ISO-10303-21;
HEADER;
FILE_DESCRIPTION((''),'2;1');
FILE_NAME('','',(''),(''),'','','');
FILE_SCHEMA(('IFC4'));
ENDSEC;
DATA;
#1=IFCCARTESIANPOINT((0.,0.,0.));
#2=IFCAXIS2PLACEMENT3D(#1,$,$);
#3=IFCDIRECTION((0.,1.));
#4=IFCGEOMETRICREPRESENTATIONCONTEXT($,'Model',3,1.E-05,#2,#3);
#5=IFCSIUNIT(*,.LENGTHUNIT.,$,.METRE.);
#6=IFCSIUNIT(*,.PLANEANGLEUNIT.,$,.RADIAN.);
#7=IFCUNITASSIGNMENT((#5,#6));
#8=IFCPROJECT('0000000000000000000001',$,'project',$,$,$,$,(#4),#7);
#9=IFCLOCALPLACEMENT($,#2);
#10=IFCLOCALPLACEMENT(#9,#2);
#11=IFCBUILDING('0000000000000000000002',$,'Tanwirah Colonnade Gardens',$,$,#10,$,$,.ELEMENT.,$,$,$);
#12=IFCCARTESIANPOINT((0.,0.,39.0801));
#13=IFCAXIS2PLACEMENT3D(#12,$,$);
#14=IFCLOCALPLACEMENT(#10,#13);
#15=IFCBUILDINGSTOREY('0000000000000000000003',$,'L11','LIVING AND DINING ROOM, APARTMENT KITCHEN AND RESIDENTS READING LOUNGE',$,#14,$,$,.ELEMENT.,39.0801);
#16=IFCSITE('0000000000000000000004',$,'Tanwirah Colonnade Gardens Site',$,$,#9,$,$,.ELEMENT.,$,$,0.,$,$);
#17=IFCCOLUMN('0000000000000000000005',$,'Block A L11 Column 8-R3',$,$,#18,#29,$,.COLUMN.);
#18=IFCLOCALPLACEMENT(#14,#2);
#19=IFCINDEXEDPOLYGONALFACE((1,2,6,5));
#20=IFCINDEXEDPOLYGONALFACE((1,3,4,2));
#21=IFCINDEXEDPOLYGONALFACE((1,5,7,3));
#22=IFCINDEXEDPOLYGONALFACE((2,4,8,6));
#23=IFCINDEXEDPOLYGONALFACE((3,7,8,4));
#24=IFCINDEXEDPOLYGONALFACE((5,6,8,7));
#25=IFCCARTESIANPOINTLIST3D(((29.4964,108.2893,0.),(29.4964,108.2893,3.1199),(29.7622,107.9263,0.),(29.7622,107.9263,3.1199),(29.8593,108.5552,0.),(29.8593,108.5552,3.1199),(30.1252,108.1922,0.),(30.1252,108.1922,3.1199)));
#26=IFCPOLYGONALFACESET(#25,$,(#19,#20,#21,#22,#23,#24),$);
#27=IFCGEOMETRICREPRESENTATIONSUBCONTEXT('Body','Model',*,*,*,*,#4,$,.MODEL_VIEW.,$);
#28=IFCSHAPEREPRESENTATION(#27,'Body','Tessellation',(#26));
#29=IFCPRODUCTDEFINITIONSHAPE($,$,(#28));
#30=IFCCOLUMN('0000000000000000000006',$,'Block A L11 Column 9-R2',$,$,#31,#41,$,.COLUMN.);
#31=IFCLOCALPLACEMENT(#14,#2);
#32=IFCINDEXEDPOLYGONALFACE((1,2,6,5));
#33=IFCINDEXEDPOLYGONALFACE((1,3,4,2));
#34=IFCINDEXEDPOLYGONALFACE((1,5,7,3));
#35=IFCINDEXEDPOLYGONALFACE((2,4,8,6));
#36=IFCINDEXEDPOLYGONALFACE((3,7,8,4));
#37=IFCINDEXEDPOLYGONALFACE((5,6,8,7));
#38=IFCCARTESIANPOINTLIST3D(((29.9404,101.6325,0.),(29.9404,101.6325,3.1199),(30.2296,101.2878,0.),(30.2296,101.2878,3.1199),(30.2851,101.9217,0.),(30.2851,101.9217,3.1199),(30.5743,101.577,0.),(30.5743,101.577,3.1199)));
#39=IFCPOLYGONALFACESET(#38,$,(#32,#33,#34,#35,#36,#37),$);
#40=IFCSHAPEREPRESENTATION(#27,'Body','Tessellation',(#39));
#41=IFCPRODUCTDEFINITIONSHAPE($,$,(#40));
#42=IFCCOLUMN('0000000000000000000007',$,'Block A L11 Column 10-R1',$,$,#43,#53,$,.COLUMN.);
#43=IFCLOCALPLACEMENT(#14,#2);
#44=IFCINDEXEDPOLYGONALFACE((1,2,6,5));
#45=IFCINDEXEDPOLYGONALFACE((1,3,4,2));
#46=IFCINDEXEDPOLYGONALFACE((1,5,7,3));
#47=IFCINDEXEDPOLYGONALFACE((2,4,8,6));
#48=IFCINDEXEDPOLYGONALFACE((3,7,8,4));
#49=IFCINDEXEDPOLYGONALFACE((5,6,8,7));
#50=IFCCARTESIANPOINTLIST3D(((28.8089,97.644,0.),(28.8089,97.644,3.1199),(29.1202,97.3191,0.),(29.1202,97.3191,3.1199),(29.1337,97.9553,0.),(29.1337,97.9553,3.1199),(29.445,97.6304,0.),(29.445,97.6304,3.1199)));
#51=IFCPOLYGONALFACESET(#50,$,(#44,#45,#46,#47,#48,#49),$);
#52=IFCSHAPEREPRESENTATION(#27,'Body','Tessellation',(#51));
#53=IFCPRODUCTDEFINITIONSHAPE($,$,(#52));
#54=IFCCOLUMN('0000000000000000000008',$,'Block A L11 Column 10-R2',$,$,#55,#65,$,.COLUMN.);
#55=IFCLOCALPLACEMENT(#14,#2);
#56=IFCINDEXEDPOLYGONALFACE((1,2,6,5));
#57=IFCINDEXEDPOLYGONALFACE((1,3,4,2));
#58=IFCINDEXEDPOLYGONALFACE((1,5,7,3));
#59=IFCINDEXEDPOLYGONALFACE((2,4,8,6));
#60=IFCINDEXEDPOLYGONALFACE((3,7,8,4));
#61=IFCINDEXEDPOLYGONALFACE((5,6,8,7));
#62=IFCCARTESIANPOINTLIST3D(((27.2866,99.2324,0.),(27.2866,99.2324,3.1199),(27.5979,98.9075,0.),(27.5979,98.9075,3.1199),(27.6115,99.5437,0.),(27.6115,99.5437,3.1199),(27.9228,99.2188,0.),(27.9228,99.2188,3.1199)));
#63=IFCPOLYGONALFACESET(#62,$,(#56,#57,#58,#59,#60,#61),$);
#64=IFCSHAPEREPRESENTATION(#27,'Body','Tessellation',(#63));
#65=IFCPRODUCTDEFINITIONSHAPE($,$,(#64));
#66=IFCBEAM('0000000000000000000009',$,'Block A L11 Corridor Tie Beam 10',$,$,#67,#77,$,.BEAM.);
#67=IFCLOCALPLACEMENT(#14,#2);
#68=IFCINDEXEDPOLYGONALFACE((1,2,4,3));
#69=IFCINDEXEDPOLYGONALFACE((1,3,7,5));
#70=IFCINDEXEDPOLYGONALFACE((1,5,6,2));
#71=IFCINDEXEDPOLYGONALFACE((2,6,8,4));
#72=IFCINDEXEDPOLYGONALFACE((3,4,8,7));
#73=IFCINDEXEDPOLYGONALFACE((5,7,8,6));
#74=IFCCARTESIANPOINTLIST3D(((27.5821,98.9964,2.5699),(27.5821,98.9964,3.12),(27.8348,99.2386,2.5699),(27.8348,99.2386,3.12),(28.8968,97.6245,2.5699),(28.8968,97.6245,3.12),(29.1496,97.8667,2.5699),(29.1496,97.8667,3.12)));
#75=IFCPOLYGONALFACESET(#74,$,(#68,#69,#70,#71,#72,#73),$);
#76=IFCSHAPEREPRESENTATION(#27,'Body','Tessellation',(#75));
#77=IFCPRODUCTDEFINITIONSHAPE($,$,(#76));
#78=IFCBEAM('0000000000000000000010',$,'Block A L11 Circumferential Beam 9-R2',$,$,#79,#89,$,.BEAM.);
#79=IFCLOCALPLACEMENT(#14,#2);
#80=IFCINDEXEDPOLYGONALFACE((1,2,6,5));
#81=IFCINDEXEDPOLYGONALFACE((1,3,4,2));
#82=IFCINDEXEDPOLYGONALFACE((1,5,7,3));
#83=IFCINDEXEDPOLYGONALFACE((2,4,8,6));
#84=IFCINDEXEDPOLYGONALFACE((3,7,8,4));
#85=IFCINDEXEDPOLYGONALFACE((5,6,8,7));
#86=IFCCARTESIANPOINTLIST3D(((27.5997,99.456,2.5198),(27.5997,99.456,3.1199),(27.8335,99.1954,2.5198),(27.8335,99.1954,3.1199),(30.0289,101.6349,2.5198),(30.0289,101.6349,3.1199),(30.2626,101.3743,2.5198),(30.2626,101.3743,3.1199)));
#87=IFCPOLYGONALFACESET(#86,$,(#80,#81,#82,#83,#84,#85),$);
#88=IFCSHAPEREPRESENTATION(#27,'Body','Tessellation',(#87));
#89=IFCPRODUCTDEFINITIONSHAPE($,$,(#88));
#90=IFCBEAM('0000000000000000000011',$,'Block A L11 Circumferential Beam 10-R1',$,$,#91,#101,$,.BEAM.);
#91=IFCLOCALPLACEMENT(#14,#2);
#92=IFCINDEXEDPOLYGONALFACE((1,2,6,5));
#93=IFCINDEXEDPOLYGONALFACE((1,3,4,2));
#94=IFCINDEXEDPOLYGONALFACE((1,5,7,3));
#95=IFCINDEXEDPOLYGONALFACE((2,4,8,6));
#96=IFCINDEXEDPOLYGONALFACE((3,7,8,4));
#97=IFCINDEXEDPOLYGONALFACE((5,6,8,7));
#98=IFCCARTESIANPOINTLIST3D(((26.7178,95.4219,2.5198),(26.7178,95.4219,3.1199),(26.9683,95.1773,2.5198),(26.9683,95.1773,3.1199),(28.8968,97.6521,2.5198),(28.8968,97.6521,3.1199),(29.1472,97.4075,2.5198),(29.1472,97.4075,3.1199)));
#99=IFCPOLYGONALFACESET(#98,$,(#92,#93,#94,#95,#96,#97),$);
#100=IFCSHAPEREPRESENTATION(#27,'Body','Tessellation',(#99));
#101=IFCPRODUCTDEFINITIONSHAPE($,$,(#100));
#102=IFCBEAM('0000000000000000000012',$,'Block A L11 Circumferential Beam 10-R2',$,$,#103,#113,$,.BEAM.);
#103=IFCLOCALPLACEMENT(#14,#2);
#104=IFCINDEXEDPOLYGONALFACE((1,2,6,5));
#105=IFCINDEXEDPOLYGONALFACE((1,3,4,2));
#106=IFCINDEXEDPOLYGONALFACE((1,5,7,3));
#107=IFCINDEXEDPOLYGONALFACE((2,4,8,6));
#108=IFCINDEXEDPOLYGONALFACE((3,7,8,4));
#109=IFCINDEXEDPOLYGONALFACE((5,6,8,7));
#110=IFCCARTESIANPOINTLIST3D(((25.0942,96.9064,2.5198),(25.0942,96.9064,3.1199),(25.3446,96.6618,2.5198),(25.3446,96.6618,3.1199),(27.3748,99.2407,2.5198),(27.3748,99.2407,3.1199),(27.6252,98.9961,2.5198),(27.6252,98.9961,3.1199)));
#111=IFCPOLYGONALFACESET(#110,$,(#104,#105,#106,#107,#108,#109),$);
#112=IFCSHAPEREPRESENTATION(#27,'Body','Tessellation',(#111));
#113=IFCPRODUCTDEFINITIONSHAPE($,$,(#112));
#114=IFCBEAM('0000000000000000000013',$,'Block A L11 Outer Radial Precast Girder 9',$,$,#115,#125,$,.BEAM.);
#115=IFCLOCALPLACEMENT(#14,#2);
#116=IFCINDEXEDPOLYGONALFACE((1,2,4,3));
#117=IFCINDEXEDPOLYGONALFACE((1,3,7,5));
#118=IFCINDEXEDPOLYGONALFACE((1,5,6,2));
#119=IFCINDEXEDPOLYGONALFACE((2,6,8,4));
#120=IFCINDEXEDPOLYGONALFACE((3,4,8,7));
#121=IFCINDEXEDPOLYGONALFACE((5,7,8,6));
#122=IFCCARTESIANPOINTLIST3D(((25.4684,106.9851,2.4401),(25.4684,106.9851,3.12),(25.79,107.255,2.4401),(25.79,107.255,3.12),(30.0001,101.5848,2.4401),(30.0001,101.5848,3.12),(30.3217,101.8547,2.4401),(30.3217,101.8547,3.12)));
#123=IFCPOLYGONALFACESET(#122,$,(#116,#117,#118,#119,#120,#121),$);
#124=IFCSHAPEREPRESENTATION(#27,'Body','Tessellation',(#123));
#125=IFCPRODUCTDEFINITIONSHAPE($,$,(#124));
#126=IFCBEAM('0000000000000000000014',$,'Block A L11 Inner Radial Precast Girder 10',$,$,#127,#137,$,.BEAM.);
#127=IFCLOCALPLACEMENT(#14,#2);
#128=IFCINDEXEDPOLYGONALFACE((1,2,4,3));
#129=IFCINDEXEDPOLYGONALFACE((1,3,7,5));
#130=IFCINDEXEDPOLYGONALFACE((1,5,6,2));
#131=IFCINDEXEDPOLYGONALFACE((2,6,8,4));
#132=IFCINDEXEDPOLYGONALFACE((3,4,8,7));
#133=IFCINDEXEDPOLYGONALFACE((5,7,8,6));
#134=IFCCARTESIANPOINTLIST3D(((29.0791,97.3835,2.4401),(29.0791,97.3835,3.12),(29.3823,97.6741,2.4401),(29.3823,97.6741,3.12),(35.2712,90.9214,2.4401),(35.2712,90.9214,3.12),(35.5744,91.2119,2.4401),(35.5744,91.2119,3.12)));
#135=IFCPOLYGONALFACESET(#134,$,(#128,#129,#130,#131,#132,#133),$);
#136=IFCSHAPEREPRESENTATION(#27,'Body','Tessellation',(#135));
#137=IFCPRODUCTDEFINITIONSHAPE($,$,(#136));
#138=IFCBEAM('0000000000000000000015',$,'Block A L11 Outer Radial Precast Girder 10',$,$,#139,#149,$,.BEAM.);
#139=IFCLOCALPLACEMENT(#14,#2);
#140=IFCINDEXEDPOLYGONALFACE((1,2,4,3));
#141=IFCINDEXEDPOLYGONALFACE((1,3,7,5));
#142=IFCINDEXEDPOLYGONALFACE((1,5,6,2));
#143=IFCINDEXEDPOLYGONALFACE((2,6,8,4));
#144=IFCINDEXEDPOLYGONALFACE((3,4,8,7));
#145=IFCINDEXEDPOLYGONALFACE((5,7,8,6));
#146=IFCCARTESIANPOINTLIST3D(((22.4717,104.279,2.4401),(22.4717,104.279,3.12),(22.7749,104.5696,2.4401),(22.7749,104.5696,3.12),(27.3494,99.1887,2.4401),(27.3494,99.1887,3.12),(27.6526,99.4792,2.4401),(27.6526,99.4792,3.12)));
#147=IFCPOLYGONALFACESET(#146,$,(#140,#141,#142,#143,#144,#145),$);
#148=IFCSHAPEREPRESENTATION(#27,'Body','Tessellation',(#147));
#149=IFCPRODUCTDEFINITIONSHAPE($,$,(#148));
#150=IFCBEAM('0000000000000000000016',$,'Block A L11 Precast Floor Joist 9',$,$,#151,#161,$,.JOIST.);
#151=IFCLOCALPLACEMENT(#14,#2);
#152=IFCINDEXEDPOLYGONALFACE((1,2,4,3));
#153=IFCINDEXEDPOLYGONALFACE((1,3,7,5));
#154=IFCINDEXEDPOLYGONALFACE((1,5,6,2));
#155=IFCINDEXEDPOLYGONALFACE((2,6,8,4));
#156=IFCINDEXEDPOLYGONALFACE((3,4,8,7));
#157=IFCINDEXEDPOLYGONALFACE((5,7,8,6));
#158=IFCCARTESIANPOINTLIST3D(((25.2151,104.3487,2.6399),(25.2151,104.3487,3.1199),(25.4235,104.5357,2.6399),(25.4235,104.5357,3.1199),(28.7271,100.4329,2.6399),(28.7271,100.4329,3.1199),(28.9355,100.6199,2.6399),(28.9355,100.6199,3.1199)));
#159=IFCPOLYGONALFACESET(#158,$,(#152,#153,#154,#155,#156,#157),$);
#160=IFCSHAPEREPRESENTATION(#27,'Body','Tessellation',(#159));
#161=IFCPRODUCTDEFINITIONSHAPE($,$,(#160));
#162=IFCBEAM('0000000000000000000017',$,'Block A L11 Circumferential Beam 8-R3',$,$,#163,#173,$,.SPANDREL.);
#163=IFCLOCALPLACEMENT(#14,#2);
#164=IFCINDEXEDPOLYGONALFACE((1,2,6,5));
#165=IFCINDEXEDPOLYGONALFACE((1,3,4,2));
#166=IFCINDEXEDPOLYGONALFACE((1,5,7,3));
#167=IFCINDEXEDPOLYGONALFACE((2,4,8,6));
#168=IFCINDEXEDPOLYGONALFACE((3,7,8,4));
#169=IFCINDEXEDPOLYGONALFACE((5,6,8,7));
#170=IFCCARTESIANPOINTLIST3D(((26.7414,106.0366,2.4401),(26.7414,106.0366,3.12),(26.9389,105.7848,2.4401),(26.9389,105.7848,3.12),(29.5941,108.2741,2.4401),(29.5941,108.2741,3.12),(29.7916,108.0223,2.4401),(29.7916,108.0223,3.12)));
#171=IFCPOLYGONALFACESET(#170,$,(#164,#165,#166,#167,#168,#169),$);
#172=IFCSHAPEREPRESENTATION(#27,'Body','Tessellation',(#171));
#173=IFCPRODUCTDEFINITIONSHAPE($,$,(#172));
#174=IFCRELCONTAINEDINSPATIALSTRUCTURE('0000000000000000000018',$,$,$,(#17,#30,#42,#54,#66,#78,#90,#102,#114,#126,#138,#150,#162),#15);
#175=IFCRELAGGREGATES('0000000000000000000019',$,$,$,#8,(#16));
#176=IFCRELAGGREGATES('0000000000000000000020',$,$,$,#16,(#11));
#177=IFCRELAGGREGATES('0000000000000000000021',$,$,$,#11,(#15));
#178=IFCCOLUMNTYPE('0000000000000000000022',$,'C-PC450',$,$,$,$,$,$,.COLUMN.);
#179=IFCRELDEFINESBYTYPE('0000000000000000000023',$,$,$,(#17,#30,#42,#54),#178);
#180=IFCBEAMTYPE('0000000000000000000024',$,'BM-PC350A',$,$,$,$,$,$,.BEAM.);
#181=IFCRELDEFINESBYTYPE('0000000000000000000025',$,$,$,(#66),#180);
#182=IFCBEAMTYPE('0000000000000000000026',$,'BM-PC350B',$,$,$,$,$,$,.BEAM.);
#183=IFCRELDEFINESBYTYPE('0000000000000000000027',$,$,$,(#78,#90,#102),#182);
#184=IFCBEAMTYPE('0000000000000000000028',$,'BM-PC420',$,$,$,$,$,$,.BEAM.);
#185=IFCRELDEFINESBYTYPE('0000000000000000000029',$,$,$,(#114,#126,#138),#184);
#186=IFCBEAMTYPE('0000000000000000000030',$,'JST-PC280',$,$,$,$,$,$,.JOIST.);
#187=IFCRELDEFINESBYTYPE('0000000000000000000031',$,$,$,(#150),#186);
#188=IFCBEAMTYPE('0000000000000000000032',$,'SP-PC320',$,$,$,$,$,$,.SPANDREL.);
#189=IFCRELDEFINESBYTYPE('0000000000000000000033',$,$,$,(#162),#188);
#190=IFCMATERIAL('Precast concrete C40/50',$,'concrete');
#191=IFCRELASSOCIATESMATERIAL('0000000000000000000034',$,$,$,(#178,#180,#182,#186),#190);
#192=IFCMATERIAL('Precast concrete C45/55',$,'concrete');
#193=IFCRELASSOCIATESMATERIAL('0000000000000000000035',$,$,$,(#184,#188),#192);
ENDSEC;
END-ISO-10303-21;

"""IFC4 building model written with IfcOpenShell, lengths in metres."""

from ifc_helpers import new_model, si_unit, direction, frame, origin, origin_2d, place, context, subcontext, project, spatial, rectangle, extrude, material, material_profile, profile_set, type_object, element, save


model = new_model("IFC4")

# Units and contexts
model_context = context("Model", 3, precision=1e-05, world=origin(), true_north=direction((0.0, 1.0)))
body_context = subcontext(model_context, "Body", "Model", "MODEL_VIEW")
ifc_project = project(units=[si_unit("LENGTHUNIT", "METRE"), si_unit("PLANEANGLEUNIT", "RADIAN")], contexts=[model_context])

# Site, building, storey
site_placement = place(None, origin())
site = spatial("IfcSite", under=ifc_project, at=site_placement, Name="Tanwirah Colonnade Gardens Site", CompositionType="ELEMENT", RefElevation=0.0)
building_placement = place(site_placement, origin())
building = spatial("IfcBuilding", under=site, at=building_placement, Name="Tanwirah Colonnade Gardens", CompositionType="ELEMENT")
storey_placement = place(building_placement, frame((0.0, 0.0, 39.0801)))
storey = spatial("IfcBuildingStorey", under=building, at=storey_placement, Name="L11", Description="LIVING AND DINING ROOM, APARTMENT KITCHEN AND RESIDENTS READING LOUNGE", CompositionType="ELEMENT", Elevation=39.0801)

# Columns
ifc_material_1 = material(Name="Precast concrete C40/50", Category="concrete")
ifc_material_profile_1 = material_profile(ifc_material_1, rectangle(XDim=0.45, YDim=0.45, at=origin_2d()), Name="PC-COL 450x450")
ifc_profile_set_1 = profile_set([ifc_material_profile_1], Name="Precast concrete C40/50")
column_type = type_object("IfcColumnType", Name="C-PC450", PredefinedType="COLUMN", material=ifc_profile_set_1)
for number, where, z_axis, x_axis, name in (
    (1, (29.8108, 108.2407, 0.0), (0.0, 0.0, 1.0), (-0.590919, 0.806731, 0.0), "Block A L11 Column 8-R3"),
    (2, (30.2573, 101.6047, 0.0), (0.0, 0.0, 1.0), (-0.642788, 0.766044, 0.0), "Block A L11 Column 9-R2"),
    (3, (29.127, 97.6372, 0.0), (0.0, 0.0, 1.0), (-0.691863, 0.722029, 0.0), "Block A L11 Column 10-R1"),
    (4, (27.6047, 99.2256, 0.0), (0.0, 0.0, 1.0), (-0.691863, 0.722029, 0.0), "Block A L11 Column 10-R2"),
):
    element("IfcColumn", number, at=place(storey_placement, frame(where, z_axis=z_axis, x_axis=x_axis)), inside=storey, type_object=column_type, Name=name, PredefinedType="COLUMN", context=body_context, shape_type="SweptSolid", body=[
        extrude(rectangle(XDim=0.45, YDim=0.45, at=origin_2d()), origin(), (0.0, 0.0, 1.0), 3.1199),
    ])

# Beams
ifc_material_profile_2 = material_profile(ifc_material_1, rectangle(XDim=0.3501, YDim=0.55, at=origin_2d()), Name="PC-BM 350x550")
ifc_profile_set_2 = profile_set([ifc_material_profile_2], Name="Precast concrete C40/50")
beam_type_1 = type_object("IfcBeamType", Name="BM-PC350A", PredefinedType="BEAM", material=ifc_profile_set_2)
beam_1_placement = place(storey_placement, frame((29.0232, 97.7456, 2.845), z_axis=(-0.691914, 0.72198, 0.0), x_axis=(-0.72198, -0.691914, 0.0)))
element("IfcBeam", 5, at=beam_1_placement, inside=storey, type_object=beam_type_1, Name="Block A L11 Corridor Tie Beam 10", PredefinedType="BEAM", context=body_context, shape_type="SweptSolid", body=[
    extrude(rectangle(XDim=0.3501, YDim=0.55, at=origin_2d()), origin(), (0.0, 0.0, 1.0), 1.9001),
])
ifc_material_profile_3 = material_profile(ifc_material_1, rectangle(XDim=0.3501, YDim=0.6001, at=origin_2d()), Name="PC-BM 350x600")
ifc_profile_set_3 = profile_set([ifc_material_profile_3], Name="Precast concrete C40/50")
beam_type_2 = type_object("IfcBeamType", Name="BM-PC350B", PredefinedType="BEAM", material=ifc_profile_set_3)
beam_2_placement = place(storey_placement, frame((30.1458, 101.5046, 2.8198), z_axis=(-0.744409, -0.667724, 0.0), x_axis=(0.667724, -0.744409, 0.0)))
element("IfcBeam", 6, at=beam_2_placement, inside=storey, type_object=beam_type_2, Name="Block A L11 Circumferential Beam 9-R2", PredefinedType="BEAM", context=body_context, shape_type="SweptSolid", body=[
    extrude(rectangle(XDim=0.3501, YDim=0.6001, at=origin_2d()), origin(), (0.0, 0.0, 1.0), 3.2632),
])
beam_3_placement = place(storey_placement, frame((29.022, 97.5298, 2.8198), z_axis=(-0.698837, -0.715281, 0.0), x_axis=(0.715281, -0.698837, 0.0)))
element("IfcBeam", 7, at=beam_3_placement, inside=storey, type_object=beam_type_2, Name="Block A L11 Circumferential Beam 10-R1", PredefinedType="BEAM", context=body_context, shape_type="SweptSolid", body=[
    extrude(rectangle(XDim=0.3501, YDim=0.6001, at=origin_2d()), origin(), (0.0, 0.0, 1.0), 3.1179),
])
beam_4_placement = place(storey_placement, frame((27.5, 99.1184, 2.8198), z_axis=(-0.698829, -0.715288, 0.0), x_axis=(0.715288, -0.698829, 0.0)))
element("IfcBeam", 8, at=beam_4_placement, inside=storey, type_object=beam_type_2, Name="Block A L11 Circumferential Beam 10-R2", PredefinedType="BEAM", context=body_context, shape_type="SweptSolid", body=[
    extrude(rectangle(XDim=0.3501, YDim=0.6001, at=origin_2d()), origin(), (0.0, 0.0, 1.0), 3.2634),
])
ifc_material_2 = material(Name="Precast concrete C45/55", Category="concrete")
ifc_material_profile_4 = material_profile(ifc_material_2, rectangle(XDim=0.4199, YDim=0.6799, at=origin_2d()), Name="PC-BM 420x680")
ifc_profile_set_4 = profile_set([ifc_material_profile_4], Name="Precast concrete C45/55")
beam_type_3 = type_object("IfcBeamType", Name="BM-PC420", PredefinedType="BEAM", material=ifc_profile_set_4)
beam_5_placement = place(storey_placement, frame((30.1609, 101.7197, 2.78), z_axis=(-0.64281, 0.766025, 0.0), x_axis=(-0.766025, -0.64281, 0.0)))
element("IfcBeam", 9, at=beam_5_placement, inside=storey, type_object=beam_type_3, Name="Block A L11 Outer Radial Precast Girder 9", PredefinedType="BEAM", context=body_context, shape_type="SweptSolid", body=[
    extrude(rectangle(XDim=0.4199, YDim=0.6799, at=origin_2d()), origin(), (0.0, 0.0, 1.0), 7.0498),
])
beam_6_placement = place(storey_placement, frame((29.2307, 97.5288, 2.78), z_axis=(0.691861, -0.722031, 0.0), x_axis=(0.722031, 0.691861, 0.0)))
element("IfcBeam", 10, at=beam_6_placement, inside=storey, type_object=beam_type_3, Name="Block A L11 Inner Radial Precast Girder 10", PredefinedType="BEAM", context=body_context, shape_type="SweptSolid", body=[
    extrude(rectangle(XDim=0.4199, YDim=0.6799, at=origin_2d()), origin(), (0.0, 0.0, 1.0), 8.95),
])
beam_7_placement = place(storey_placement, frame((27.501, 99.334, 2.78), z_axis=(-0.691865, 0.722027, 0.0), x_axis=(-0.722027, -0.691865, 0.0)))
element("IfcBeam", 11, at=beam_7_placement, inside=storey, type_object=beam_type_3, Name="Block A L11 Outer Radial Precast Girder 10", PredefinedType="BEAM", context=body_context, shape_type="SweptSolid", body=[
    extrude(rectangle(XDim=0.4199, YDim=0.6799, at=origin_2d()), origin(), (0.0, 0.0, 1.0), 7.05),
])
ifc_material_profile_5 = material_profile(ifc_material_1, rectangle(XDim=0.28, YDim=0.48, at=origin_2d()), Name="PC-JST 280x480")
ifc_profile_set_5 = profile_set([ifc_material_profile_5], Name="Precast concrete C40/50")
beam_type_4 = type_object("IfcBeamType", Name="JST-PC280", PredefinedType="JOIST", material=ifc_profile_set_5)
beam_8_placement = place(storey_placement, frame((28.8313, 100.5264, 2.8799), z_axis=(-0.667679, 0.744449, 0.0), x_axis=(-0.744449, -0.667679, 0.0)))
element("IfcBeam", 12, at=beam_8_placement, inside=storey, type_object=beam_type_4, Name="Block A L11 Precast Floor Joist 9", PredefinedType="JOIST", context=body_context, shape_type="SweptSolid", body=[
    extrude(rectangle(XDim=0.28, YDim=0.48, at=origin_2d()), origin(), (0.0, 0.0, 1.0), 5.26),
])
ifc_material_profile_6 = material_profile(ifc_material_2, rectangle(XDim=0.3201, YDim=0.6799, at=origin_2d()), Name="PC-SP 320x680")
ifc_profile_set_6 = profile_set([ifc_material_profile_6], Name="Precast concrete C45/55")
beam_type_5 = type_object("IfcBeamType", Name="SP-PC320", PredefinedType="SPANDREL", material=ifc_profile_set_6)
beam_9_placement = place(storey_placement, frame((29.6929, 108.1482, 2.78), z_axis=(-0.786844, -0.617152, 0.0), x_axis=(0.617152, -0.786844, 0.0)))
element("IfcBeam", 13, at=beam_9_placement, inside=storey, type_object=beam_type_5, Name="Block A L11 Circumferential Beam 8-R3", PredefinedType="SPANDREL", context=body_context, shape_type="SweptSolid", body=[
    extrude(rectangle(XDim=0.3201, YDim=0.6799, at=origin_2d()), origin(), (0.0, 0.0, 1.0), 3.6255),
])

save(model, "model.ifc")
